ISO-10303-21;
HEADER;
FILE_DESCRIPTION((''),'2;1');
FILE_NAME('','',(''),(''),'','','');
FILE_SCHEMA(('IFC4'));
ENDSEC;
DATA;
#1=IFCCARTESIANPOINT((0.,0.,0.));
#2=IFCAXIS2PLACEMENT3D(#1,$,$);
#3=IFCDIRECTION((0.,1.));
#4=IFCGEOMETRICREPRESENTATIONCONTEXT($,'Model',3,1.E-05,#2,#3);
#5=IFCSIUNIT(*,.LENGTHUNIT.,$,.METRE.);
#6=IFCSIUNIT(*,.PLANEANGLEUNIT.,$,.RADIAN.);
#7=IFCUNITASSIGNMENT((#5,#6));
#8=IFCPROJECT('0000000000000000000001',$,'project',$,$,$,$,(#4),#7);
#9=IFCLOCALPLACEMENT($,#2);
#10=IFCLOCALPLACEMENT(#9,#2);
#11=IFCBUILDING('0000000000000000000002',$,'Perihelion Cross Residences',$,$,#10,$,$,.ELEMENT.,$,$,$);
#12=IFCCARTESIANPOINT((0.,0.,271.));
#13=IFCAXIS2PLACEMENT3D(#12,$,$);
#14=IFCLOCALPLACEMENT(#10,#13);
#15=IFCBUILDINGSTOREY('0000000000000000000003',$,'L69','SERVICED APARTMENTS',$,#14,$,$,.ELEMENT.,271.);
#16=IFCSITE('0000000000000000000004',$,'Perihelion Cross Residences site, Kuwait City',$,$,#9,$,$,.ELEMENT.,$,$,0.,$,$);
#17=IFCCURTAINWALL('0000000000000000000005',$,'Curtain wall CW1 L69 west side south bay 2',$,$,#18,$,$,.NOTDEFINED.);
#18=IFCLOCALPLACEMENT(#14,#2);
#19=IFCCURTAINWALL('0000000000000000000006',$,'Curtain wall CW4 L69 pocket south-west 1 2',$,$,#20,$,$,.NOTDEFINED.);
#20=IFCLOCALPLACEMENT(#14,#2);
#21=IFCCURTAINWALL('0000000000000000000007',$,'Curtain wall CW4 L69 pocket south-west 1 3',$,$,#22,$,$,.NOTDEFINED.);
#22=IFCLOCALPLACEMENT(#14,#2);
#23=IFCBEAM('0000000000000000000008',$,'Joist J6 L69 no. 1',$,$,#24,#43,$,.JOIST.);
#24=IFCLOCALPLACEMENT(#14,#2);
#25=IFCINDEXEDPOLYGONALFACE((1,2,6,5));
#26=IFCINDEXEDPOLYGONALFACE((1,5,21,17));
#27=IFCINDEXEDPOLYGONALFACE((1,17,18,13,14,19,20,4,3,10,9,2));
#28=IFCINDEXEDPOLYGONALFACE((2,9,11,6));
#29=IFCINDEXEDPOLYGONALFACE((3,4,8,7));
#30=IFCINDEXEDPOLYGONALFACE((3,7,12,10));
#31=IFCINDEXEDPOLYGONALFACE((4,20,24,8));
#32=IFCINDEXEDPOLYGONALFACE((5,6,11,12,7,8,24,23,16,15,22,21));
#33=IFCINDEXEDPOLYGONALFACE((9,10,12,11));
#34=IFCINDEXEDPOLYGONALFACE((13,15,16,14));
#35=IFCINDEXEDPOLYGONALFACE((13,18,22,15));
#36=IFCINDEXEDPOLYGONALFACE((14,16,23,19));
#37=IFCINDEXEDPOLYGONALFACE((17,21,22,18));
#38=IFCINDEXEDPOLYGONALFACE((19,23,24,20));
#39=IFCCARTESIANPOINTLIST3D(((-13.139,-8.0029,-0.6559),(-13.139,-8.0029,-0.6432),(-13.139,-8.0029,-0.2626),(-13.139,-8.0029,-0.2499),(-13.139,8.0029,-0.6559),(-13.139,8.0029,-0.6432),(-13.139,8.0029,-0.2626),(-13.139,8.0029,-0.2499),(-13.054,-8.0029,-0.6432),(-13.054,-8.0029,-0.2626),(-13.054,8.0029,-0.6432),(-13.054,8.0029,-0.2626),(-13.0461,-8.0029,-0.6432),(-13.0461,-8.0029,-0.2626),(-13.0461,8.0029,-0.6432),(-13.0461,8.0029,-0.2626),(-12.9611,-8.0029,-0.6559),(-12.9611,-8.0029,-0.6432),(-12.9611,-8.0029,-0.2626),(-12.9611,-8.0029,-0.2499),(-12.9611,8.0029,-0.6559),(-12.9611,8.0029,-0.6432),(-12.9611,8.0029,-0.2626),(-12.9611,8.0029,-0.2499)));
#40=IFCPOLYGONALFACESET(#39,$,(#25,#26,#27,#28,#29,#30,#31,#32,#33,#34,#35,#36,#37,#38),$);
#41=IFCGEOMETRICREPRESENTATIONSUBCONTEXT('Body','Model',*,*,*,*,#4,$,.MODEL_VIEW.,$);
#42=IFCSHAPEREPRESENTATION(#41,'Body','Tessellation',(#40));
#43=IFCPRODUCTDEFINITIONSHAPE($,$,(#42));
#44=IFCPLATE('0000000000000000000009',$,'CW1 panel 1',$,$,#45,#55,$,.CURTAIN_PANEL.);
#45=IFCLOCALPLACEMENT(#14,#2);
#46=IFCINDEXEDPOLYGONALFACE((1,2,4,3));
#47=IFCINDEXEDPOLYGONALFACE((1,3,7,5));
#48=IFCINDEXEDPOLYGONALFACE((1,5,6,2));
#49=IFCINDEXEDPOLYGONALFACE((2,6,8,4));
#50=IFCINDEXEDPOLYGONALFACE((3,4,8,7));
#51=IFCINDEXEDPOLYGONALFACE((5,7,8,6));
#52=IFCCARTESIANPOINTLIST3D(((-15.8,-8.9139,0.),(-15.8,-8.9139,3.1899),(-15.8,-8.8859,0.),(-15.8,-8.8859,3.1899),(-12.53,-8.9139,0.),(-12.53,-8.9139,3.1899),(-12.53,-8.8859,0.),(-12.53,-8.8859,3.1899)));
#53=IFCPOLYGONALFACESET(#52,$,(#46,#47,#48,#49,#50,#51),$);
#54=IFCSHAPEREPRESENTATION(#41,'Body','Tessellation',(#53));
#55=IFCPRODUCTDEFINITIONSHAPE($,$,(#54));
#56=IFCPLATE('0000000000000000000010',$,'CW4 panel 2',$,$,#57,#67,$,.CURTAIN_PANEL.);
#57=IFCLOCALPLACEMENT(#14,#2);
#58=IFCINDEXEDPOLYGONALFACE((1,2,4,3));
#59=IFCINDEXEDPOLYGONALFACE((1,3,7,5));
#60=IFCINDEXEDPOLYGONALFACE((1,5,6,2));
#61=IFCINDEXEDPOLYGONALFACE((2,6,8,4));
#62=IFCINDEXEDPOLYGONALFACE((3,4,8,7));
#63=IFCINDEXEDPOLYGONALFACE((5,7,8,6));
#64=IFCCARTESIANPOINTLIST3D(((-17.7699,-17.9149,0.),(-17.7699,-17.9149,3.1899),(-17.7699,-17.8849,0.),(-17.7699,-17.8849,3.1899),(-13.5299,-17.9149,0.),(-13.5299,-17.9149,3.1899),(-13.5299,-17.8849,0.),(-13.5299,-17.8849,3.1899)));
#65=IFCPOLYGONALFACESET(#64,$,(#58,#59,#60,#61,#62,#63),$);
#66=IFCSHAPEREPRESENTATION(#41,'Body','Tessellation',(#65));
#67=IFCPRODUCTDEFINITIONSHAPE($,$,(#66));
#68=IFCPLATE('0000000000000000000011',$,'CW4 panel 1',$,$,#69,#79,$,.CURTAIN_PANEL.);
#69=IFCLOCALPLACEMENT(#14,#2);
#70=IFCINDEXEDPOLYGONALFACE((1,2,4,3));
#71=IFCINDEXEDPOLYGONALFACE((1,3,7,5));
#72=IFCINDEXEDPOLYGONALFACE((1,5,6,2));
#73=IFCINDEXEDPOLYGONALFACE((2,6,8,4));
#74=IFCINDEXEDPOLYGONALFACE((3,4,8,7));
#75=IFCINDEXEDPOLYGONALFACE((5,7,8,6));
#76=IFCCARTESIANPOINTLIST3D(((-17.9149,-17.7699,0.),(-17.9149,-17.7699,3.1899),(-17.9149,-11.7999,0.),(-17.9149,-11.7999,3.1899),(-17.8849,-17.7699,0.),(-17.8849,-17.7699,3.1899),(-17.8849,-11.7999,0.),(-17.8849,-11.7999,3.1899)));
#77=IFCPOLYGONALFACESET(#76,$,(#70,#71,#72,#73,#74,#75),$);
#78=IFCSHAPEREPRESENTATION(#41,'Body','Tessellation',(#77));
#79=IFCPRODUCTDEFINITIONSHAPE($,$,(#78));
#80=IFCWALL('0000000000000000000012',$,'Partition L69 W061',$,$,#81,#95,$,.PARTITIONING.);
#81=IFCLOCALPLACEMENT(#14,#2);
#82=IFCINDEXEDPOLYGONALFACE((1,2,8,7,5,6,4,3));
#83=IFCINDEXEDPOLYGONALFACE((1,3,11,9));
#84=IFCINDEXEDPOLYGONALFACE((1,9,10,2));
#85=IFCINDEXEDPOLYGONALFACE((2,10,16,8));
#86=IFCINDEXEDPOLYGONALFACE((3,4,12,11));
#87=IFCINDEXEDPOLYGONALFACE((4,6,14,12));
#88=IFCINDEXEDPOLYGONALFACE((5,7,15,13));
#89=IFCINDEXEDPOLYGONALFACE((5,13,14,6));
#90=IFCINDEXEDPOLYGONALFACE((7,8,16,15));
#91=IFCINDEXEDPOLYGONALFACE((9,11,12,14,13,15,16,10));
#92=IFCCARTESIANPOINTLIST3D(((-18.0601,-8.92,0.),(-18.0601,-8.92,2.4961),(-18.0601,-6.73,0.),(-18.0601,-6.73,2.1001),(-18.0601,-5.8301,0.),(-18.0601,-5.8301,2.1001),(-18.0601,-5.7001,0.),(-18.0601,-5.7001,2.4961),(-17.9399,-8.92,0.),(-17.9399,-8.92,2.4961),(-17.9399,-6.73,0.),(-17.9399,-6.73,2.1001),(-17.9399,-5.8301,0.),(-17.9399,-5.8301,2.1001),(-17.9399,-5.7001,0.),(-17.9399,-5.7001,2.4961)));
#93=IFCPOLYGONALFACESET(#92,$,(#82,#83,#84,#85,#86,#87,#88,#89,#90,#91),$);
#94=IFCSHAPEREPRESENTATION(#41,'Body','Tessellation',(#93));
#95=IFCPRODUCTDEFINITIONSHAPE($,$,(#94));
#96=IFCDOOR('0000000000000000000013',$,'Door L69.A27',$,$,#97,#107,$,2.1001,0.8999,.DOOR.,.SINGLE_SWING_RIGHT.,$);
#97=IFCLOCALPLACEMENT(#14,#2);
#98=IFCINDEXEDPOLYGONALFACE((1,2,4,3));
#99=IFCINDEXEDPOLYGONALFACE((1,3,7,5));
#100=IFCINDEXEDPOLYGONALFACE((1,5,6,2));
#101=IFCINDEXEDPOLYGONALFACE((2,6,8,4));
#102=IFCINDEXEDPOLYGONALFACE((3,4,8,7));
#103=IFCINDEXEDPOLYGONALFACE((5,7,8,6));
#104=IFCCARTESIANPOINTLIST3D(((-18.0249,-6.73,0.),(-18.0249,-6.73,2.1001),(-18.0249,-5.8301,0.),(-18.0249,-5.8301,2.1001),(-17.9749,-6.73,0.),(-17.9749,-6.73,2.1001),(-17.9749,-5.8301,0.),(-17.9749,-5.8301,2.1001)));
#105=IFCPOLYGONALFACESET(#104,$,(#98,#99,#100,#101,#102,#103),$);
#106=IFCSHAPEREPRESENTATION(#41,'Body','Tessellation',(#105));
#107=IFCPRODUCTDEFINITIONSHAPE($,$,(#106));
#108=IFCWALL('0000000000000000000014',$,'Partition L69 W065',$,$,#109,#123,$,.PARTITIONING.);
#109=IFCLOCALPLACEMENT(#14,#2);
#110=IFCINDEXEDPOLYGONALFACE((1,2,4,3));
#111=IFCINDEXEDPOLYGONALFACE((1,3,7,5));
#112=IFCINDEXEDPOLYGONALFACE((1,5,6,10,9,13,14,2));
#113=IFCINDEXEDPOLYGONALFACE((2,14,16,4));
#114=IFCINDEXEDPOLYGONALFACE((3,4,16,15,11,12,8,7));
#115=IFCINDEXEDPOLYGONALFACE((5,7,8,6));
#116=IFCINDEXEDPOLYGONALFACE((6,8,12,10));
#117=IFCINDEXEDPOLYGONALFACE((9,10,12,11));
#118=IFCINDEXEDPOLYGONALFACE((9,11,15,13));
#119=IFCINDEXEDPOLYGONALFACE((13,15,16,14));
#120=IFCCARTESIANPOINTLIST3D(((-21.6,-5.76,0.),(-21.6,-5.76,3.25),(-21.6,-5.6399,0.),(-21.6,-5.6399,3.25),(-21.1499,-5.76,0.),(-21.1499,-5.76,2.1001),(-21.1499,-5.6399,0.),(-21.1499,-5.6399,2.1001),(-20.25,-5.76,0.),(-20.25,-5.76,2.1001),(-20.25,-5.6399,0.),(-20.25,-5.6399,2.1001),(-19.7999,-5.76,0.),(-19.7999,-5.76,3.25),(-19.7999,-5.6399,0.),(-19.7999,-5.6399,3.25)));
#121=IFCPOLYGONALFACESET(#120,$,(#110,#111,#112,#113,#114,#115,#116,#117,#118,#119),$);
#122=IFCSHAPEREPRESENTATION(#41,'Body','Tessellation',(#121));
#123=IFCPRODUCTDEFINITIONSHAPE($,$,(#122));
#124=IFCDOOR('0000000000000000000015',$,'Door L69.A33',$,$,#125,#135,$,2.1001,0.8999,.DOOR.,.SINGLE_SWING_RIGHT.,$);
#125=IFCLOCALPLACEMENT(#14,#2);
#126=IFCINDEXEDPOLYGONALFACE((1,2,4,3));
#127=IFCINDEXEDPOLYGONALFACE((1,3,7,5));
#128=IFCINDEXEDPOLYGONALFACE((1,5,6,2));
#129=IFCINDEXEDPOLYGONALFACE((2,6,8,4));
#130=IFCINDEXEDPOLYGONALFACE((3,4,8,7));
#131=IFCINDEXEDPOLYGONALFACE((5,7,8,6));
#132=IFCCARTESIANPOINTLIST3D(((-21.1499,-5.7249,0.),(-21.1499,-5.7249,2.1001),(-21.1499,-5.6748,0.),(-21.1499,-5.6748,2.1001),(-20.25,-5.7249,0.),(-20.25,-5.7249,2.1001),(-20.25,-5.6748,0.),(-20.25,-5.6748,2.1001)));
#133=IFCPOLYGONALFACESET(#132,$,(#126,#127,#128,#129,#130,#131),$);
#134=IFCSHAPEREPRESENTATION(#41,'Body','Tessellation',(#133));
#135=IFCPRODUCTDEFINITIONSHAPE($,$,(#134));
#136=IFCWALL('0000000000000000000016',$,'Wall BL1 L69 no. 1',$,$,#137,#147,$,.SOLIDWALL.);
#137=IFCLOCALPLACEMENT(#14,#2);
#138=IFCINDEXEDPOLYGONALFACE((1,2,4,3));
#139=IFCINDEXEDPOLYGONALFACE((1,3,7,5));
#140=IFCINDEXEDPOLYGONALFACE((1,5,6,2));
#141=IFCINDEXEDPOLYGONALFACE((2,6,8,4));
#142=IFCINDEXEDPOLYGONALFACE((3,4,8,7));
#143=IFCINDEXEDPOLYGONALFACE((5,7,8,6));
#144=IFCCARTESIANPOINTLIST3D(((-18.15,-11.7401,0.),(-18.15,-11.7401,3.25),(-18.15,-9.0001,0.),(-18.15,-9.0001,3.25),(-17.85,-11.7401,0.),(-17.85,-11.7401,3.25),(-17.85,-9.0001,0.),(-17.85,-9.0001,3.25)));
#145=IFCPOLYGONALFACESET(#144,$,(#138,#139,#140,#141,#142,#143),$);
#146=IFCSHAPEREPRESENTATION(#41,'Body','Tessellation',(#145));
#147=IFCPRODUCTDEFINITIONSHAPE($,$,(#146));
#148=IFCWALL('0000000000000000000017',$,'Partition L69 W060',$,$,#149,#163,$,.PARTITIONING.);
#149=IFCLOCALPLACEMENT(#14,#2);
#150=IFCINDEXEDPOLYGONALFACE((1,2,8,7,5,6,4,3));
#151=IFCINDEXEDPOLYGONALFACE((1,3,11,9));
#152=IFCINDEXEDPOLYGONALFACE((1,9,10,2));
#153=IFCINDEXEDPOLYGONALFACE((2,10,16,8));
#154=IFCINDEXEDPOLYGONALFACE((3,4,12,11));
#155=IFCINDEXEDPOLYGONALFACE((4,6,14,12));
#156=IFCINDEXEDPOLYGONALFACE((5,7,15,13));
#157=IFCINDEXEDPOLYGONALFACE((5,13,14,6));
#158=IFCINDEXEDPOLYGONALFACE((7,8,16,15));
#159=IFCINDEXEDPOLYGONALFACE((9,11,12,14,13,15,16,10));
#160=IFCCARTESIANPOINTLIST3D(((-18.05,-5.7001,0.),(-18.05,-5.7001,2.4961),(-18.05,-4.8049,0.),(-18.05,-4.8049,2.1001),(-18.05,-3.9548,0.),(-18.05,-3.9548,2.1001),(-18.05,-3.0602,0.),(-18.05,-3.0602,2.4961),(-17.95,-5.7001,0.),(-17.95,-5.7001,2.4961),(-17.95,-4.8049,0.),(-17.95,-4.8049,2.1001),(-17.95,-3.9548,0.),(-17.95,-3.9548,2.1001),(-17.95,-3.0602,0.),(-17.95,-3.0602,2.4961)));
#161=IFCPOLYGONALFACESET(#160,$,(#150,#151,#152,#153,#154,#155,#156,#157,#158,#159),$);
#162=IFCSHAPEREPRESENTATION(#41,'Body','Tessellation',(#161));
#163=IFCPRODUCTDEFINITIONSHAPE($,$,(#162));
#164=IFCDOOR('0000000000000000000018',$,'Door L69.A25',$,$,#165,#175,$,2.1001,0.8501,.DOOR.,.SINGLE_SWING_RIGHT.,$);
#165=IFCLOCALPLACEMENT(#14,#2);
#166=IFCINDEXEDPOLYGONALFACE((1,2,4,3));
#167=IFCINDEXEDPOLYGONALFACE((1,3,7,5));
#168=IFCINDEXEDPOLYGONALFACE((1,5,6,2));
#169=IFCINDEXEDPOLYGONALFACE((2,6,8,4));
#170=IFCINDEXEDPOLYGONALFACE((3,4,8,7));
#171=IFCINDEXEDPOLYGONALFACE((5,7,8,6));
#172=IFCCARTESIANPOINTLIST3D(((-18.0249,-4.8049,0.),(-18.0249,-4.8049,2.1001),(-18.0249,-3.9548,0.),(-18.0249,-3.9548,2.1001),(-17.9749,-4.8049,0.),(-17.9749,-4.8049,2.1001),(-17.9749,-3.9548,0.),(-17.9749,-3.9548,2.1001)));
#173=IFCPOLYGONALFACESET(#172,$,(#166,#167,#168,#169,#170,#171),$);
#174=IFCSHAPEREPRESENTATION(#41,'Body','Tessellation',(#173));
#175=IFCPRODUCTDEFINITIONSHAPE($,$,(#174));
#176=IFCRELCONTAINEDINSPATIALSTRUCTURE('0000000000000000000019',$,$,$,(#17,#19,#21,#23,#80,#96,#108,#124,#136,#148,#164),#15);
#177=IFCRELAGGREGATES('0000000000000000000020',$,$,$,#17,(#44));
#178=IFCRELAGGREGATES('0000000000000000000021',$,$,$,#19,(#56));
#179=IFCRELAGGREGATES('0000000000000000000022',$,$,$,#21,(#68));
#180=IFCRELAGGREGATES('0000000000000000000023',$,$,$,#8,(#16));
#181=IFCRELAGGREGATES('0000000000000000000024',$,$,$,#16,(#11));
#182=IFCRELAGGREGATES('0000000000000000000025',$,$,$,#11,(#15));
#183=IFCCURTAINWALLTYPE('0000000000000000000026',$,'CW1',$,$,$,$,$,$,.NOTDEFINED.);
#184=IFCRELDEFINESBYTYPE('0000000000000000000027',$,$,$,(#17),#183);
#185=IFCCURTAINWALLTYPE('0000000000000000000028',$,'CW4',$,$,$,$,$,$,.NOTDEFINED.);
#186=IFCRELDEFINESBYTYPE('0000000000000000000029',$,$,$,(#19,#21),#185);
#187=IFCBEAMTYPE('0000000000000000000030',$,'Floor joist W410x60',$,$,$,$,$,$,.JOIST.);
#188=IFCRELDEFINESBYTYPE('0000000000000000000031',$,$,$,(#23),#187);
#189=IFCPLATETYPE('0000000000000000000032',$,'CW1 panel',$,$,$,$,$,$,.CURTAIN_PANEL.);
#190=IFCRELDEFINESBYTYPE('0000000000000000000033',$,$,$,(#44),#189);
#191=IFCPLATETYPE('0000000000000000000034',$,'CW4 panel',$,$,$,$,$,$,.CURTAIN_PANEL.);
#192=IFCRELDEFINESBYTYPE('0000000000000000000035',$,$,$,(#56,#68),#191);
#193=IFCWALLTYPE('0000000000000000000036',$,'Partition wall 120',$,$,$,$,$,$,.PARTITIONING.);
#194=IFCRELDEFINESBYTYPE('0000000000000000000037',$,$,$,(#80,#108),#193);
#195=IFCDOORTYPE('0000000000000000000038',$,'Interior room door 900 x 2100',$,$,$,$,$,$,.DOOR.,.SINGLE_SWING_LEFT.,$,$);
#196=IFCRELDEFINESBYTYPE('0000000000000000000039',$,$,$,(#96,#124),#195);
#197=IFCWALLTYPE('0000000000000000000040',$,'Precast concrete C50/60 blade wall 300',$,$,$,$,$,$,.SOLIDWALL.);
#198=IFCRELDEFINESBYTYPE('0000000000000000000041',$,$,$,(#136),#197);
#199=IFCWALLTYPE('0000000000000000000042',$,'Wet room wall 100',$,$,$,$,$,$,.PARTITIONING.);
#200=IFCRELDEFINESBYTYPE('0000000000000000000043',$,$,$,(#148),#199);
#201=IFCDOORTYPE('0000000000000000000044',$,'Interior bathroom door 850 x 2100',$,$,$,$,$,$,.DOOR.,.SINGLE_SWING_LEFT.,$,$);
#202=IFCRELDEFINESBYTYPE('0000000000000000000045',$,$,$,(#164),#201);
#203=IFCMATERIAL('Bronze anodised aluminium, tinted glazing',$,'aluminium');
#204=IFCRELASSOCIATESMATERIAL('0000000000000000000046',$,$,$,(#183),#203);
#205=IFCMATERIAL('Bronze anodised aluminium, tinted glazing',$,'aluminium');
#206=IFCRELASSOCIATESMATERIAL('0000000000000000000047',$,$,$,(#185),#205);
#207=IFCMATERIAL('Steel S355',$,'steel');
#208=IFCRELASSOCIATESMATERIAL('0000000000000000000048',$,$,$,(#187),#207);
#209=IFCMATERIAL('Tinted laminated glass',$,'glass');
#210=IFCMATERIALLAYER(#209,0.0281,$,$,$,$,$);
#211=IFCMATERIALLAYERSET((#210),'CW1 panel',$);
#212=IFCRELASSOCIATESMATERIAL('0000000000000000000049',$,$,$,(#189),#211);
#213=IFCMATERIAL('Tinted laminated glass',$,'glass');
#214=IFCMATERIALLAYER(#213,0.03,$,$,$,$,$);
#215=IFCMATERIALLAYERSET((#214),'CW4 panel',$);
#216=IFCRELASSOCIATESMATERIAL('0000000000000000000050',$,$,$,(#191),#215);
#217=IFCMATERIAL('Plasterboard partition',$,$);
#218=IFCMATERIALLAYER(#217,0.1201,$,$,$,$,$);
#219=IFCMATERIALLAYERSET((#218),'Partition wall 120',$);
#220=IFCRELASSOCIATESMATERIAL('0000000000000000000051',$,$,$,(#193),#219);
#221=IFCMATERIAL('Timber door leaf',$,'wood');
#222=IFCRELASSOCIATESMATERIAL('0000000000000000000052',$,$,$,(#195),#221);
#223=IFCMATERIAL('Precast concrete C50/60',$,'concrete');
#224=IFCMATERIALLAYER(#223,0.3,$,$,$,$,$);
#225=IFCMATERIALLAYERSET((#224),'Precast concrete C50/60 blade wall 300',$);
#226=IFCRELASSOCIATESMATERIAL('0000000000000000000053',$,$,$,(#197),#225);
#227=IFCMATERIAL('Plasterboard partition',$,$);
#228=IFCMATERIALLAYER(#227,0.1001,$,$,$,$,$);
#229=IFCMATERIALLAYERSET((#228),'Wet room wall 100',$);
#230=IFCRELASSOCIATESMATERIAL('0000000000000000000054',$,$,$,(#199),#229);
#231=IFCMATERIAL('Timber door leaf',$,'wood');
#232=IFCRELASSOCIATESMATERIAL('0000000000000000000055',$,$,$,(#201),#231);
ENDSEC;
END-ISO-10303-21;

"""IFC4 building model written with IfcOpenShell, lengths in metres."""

from ifc_helpers import new_model, si_unit, direction, frame, frame_2d, origin, origin_2d, place, context, subcontext, project, spatial, rectangle, i_section, extrude, material, layer, layer_set, material_profile, profile_set, type_object, element, fill, aggregate, save


model = new_model("IFC4")

# Units and contexts
model_context = context("Model", 3, precision=1e-05, world=origin(), true_north=direction((0.0, 1.0)))
body_context = subcontext(model_context, "Body", "Model", "MODEL_VIEW")
ifc_project = project(units=[si_unit("LENGTHUNIT", "METRE"), si_unit("PLANEANGLEUNIT", "RADIAN")], contexts=[model_context])

# Site, building, storey
site_placement = place(None, origin())
site = spatial("IfcSite", under=ifc_project, at=site_placement, Name="Perihelion Cross Residences site, Kuwait City", CompositionType="ELEMENT", RefElevation=0.0)
building_placement = place(site_placement, origin())
building = spatial("IfcBuilding", under=site, at=building_placement, Name="Perihelion Cross Residences", CompositionType="ELEMENT")
storey_placement = place(building_placement, frame((0.0, 0.0, 271.0)))
storey = spatial("IfcBuildingStorey", under=building, at=storey_placement, Name="L69", Description="SERVICED APARTMENTS", CompositionType="ELEMENT", Elevation=271.0)

# Curtain wall
ifc_material_1 = material(Name="Bronze anodised aluminium, tinted glazing", Category="aluminium")
curtain_wall_type_1 = type_object("IfcCurtainWallType", Name="CW1", PredefinedType="NOTDEFINED", material=ifc_material_1)
curtain_wall_1_placement = place(storey_placement, origin())
curtain_wall_1 = element("IfcCurtainWall", 1, at=curtain_wall_1_placement, inside=storey, type_object=curtain_wall_type_1, Name="Curtain wall CW1 L69 west side south bay 2", PredefinedType="NOTDEFINED")

# Curtain walls
ifc_material_2 = material(Name="Bronze anodised aluminium, tinted glazing", Category="aluminium")
curtain_wall_type_2 = type_object("IfcCurtainWallType", Name="CW4", PredefinedType="NOTDEFINED", material=ifc_material_2)
curtain_wall_2_placement = place(storey_placement, origin())
curtain_wall_2 = element("IfcCurtainWall", 2, at=curtain_wall_2_placement, inside=storey, type_object=curtain_wall_type_2, Name="Curtain wall CW4 L69 pocket south-west 1 2", PredefinedType="NOTDEFINED")
curtain_wall_3_placement = place(storey_placement, origin())
curtain_wall_3 = element("IfcCurtainWall", 3, at=curtain_wall_3_placement, inside=storey, type_object=curtain_wall_type_2, Name="Curtain wall CW4 L69 pocket south-west 1 3", PredefinedType="NOTDEFINED")

# Beam
ifc_material_3 = material(Name="Steel S355", Category="steel")
ifc_material_profile_1 = material_profile(ifc_material_3, i_section(OverallWidth=0.178, OverallDepth=0.406, WebThickness=0.0078, FlangeThickness=0.0127, at=origin_2d()), Name="W410x60")
ifc_profile_set_1 = profile_set([ifc_material_profile_1], Name="Steel S355")
beam_type_1 = type_object("IfcBeamType", Name="Floor joist W410x60", PredefinedType="JOIST", material=ifc_profile_set_1)
beam_1_placement = place(storey_placement, frame((-13.05, -8.0029, -0.4529), z_axis=(0.0, 1.0, 0.0), x_axis=(-1.0, 0.0, 0.0)))
element("IfcBeam", 4, at=beam_1_placement, inside=storey, type_object=beam_type_1, Name="Joist J6 L69 no. 1", PredefinedType="JOIST", context=body_context, shape_type="SweptSolid", body=[
    extrude(i_section(OverallWidth=0.178, OverallDepth=0.406, WebThickness=0.0078, FlangeThickness=0.0127, at=origin_2d()), origin(), (0.0, 0.0, 1.0), 16.0059),
])

# Plates
ifc_material_4 = material(Name="Tinted laminated glass", Category="glass")
ifc_layer_1 = layer(ifc_material_4, 0.0281)
ifc_layer_set_1 = layer_set([ifc_layer_1], Name="CW1 panel")
plate_type_1 = type_object("IfcPlateType", Name="CW1 panel", PredefinedType="CURTAIN_PANEL", material=ifc_layer_set_1)
plate_1_placement = place(storey_placement, frame((-14.165, -8.8999, 0.0), z_axis=(0.0, 0.0, 1.0), x_axis=(1.0, 0.0, 0.0)))
plate_1 = element("IfcPlate", 5, at=plate_1_placement, type_object=plate_type_1, Name="CW1 panel 1", PredefinedType="CURTAIN_PANEL", context=body_context, shape_type="SweptSolid", body=[
    extrude(rectangle(XDim=3.27, YDim=0.0281, at=origin_2d()), origin(), (0.0, 0.0, 1.0), 3.1899),
])
aggregate(curtain_wall_1, [plate_1])
ifc_material_5 = material(Name="Tinted laminated glass", Category="glass")
ifc_layer_2 = layer(ifc_material_5, 0.03)
ifc_layer_set_2 = layer_set([ifc_layer_2], Name="CW4 panel")
plate_type_2 = type_object("IfcPlateType", Name="CW4 panel", PredefinedType="CURTAIN_PANEL", material=ifc_layer_set_2)
plate_2_placement = place(storey_placement, frame((-15.6499, -17.8999, 0.0), z_axis=(0.0, 0.0, 1.0), x_axis=(-1.0, 0.0, 0.0)))
plate_2 = element("IfcPlate", 6, at=plate_2_placement, type_object=plate_type_2, Name="CW4 panel 2", PredefinedType="CURTAIN_PANEL", context=body_context, shape_type="SweptSolid", body=[
    extrude(rectangle(XDim=4.24, YDim=0.03, at=origin_2d()), origin(), (0.0, 0.0, 1.0), 3.1899),
])
aggregate(curtain_wall_2, [plate_2])
plate_3_placement = place(storey_placement, frame((-17.8999, -14.7849, 0.0), z_axis=(0.0, 0.0, 1.0), x_axis=(0.0, 1.0, 0.0)))
plate_3 = element("IfcPlate", 7, at=plate_3_placement, type_object=plate_type_2, Name="CW4 panel 1", PredefinedType="CURTAIN_PANEL", context=body_context, shape_type="SweptSolid", body=[
    extrude(rectangle(XDim=5.97, YDim=0.03, at=origin_2d()), origin(), (0.0, 0.0, 1.0), 3.1899),
])
aggregate(curtain_wall_3, [plate_3])

# Walls, openings, doors
ifc_material_6 = material(Name="Plasterboard partition")
ifc_layer_3 = layer(ifc_material_6, 0.1201)
ifc_layer_set_3 = layer_set([ifc_layer_3], Name="Partition wall 120")
wall_type_1 = type_object("IfcWallType", Name="Partition wall 120", PredefinedType="PARTITIONING", material=ifc_layer_set_3)
wall_1_placement = place(storey_placement, frame((-18.0, -8.9199, 0.0), z_axis=(0.0, 0.0, 1.0), x_axis=(0.0, 1.0, 0.0)))
wall_1 = element("IfcWall", 8, at=wall_1_placement, inside=storey, type_object=wall_type_1, Name="Partition L69 W061", PredefinedType="PARTITIONING", context=body_context, shape_type="SweptSolid", body=[
    extrude(rectangle(XDim=3.22, YDim=0.1201, at=frame_2d((1.6099, 0.0))), origin(), (0.0, 0.0, 1.0), 2.4961),
])
opening_1_placement = place(wall_1_placement, frame((2.1899, 0.0, 0.0)))
opening_1 = element("IfcOpeningElement", 9, at=opening_1_placement, cuts=wall_1, PredefinedType="OPENING", context=body_context, shape_type="SweptSolid", body=[
    extrude(rectangle(XDim=0.8999, YDim=2.1001, at=frame_2d((0.45, 1.05))), frame((0.0, 0.0701, 0.0), z_axis=(0.0, -1.0, 0.0), x_axis=(1.0, 0.0, 0.0)), (0.0, 0.0, 1.0), 0.1401),
])
ifc_material_7 = material(Name="Timber door leaf", Category="wood")
door_type_1 = type_object("IfcDoorType", Name="Interior room door 900 x 2100", OperationType="SINGLE_SWING_LEFT", PredefinedType="DOOR", material=ifc_material_7)
door_1_placement = place(opening_1_placement, origin())
door_1 = element("IfcDoor", 10, at=door_1_placement, inside=storey, type_object=door_type_1, Name="Door L69.A27", OperationType="SINGLE_SWING_RIGHT", OverallHeight=2.1001, OverallWidth=0.8999, PredefinedType="DOOR", context=body_context, shape_type="SweptSolid", body=[
    extrude(rectangle(XDim=0.8999, YDim=2.1001, at=frame_2d((0.45, 1.05))), frame((0.0, 0.0249, 0.0), z_axis=(0.0, -1.0, 0.0), x_axis=(1.0, 0.0, 0.0)), (0.0, 0.0, 1.0), 0.05),
])
fill(opening_1, door_1)
wall_2_placement = place(storey_placement, frame((-19.8, -5.7, 0.0), z_axis=(0.0, 0.0, 1.0), x_axis=(-1.0, 0.0, 0.0)))
wall_2 = element("IfcWall", 11, at=wall_2_placement, inside=storey, type_object=wall_type_1, Name="Partition L69 W065", PredefinedType="PARTITIONING", context=body_context, shape_type="SweptSolid", body=[
    extrude(rectangle(XDim=1.8, YDim=0.1201, at=frame_2d((0.8999, 0.0))), origin(), (0.0, 0.0, 1.0), 3.25),
])
opening_2_placement = place(wall_2_placement, frame((0.45, 0.0, 0.0)))
opening_2 = element("IfcOpeningElement", 12, at=opening_2_placement, cuts=wall_2, PredefinedType="OPENING", context=body_context, shape_type="SweptSolid", body=[
    extrude(rectangle(XDim=0.8999, YDim=2.1001, at=frame_2d((0.45, 1.05))), frame((0.0, 0.0701, 0.0), z_axis=(0.0, -1.0, 0.0), x_axis=(1.0, 0.0, 0.0)), (0.0, 0.0, 1.0), 0.1401),
])
door_2_placement = place(opening_2_placement, origin())
door_2 = element("IfcDoor", 13, at=door_2_placement, inside=storey, type_object=door_type_1, Name="Door L69.A33", OperationType="SINGLE_SWING_RIGHT", OverallHeight=2.1001, OverallWidth=0.8999, PredefinedType="DOOR", context=body_context, shape_type="SweptSolid", body=[
    extrude(rectangle(XDim=0.8999, YDim=2.1001, at=frame_2d((0.45, 1.05))), frame((0.0, 0.0249, 0.0), z_axis=(0.0, -1.0, 0.0), x_axis=(1.0, 0.0, 0.0)), (0.0, 0.0, 1.0), 0.05),
])
fill(opening_2, door_2)

# Wall
ifc_material_8 = material(Name="Precast concrete C50/60", Category="concrete")
ifc_layer_4 = layer(ifc_material_8, 0.3)
ifc_layer_set_4 = layer_set([ifc_layer_4], Name="Precast concrete C50/60 blade wall 300")
wall_type_2 = type_object("IfcWallType", Name="Precast concrete C50/60 blade wall 300", PredefinedType="SOLIDWALL", material=ifc_layer_set_4)
wall_3_placement = place(storey_placement, frame((-18.0, -9.0, 0.0), z_axis=(0.0, 0.0, 1.0), x_axis=(0.0, -1.0, 0.0)))
element("IfcWall", 14, at=wall_3_placement, inside=storey, type_object=wall_type_2, Name="Wall BL1 L69 no. 1", PredefinedType="SOLIDWALL", context=body_context, shape_type="SweptSolid", body=[
    extrude(rectangle(XDim=2.74, YDim=0.3, at=frame_2d((1.3701, 0.0))), origin(), (0.0, 0.0, 1.0), 3.25),
])

# Wall, opening, door
ifc_material_9 = material(Name="Plasterboard partition")
ifc_layer_5 = layer(ifc_material_9, 0.1001)
ifc_layer_set_5 = layer_set([ifc_layer_5], Name="Wet room wall 100")
wall_type_3 = type_object("IfcWallType", Name="Wet room wall 100", PredefinedType="PARTITIONING", material=ifc_layer_set_5)
wall_4_placement = place(storey_placement, frame((-18.0, -5.7, 0.0), z_axis=(0.0, 0.0, 1.0), x_axis=(0.0, 1.0, 0.0)))
wall_4 = element("IfcWall", 15, at=wall_4_placement, inside=storey, type_object=wall_type_3, Name="Partition L69 W060", PredefinedType="PARTITIONING", context=body_context, shape_type="SweptSolid", body=[
    extrude(rectangle(XDim=2.6399, YDim=0.1001, at=frame_2d((1.3198, 0.0))), origin(), (0.0, 0.0, 1.0), 2.4961),
])
opening_3_placement = place(wall_4_placement, frame((0.895, 0.0, 0.0)))
opening_3 = element("IfcOpeningElement", 16, at=opening_3_placement, cuts=wall_4, PredefinedType="OPENING", context=body_context, shape_type="SweptSolid", body=[
    extrude(rectangle(XDim=0.8501, YDim=2.1001, at=frame_2d((0.425, 1.05))), frame((0.0, 0.0601, 0.0), z_axis=(0.0, -1.0, 0.0), x_axis=(1.0, 0.0, 0.0)), (0.0, 0.0, 1.0), 0.1201),
])
ifc_material_10 = material(Name="Timber door leaf", Category="wood")
door_type_2 = type_object("IfcDoorType", Name="Interior bathroom door 850 x 2100", OperationType="SINGLE_SWING_LEFT", PredefinedType="DOOR", material=ifc_material_10)
door_3_placement = place(opening_3_placement, origin())
door_3 = element("IfcDoor", 17, at=door_3_placement, inside=storey, type_object=door_type_2, Name="Door L69.A25", OperationType="SINGLE_SWING_RIGHT", OverallHeight=2.1001, OverallWidth=0.8501, PredefinedType="DOOR", context=body_context, shape_type="SweptSolid", body=[
    extrude(rectangle(XDim=0.8501, YDim=2.1001, at=frame_2d((0.425, 1.05))), frame((0.0, 0.0249, 0.0), z_axis=(0.0, -1.0, 0.0), x_axis=(1.0, 0.0, 0.0)), (0.0, 0.0, 1.0), 0.05),
])
fill(opening_3, door_3)

save(model, "model.ifc")
